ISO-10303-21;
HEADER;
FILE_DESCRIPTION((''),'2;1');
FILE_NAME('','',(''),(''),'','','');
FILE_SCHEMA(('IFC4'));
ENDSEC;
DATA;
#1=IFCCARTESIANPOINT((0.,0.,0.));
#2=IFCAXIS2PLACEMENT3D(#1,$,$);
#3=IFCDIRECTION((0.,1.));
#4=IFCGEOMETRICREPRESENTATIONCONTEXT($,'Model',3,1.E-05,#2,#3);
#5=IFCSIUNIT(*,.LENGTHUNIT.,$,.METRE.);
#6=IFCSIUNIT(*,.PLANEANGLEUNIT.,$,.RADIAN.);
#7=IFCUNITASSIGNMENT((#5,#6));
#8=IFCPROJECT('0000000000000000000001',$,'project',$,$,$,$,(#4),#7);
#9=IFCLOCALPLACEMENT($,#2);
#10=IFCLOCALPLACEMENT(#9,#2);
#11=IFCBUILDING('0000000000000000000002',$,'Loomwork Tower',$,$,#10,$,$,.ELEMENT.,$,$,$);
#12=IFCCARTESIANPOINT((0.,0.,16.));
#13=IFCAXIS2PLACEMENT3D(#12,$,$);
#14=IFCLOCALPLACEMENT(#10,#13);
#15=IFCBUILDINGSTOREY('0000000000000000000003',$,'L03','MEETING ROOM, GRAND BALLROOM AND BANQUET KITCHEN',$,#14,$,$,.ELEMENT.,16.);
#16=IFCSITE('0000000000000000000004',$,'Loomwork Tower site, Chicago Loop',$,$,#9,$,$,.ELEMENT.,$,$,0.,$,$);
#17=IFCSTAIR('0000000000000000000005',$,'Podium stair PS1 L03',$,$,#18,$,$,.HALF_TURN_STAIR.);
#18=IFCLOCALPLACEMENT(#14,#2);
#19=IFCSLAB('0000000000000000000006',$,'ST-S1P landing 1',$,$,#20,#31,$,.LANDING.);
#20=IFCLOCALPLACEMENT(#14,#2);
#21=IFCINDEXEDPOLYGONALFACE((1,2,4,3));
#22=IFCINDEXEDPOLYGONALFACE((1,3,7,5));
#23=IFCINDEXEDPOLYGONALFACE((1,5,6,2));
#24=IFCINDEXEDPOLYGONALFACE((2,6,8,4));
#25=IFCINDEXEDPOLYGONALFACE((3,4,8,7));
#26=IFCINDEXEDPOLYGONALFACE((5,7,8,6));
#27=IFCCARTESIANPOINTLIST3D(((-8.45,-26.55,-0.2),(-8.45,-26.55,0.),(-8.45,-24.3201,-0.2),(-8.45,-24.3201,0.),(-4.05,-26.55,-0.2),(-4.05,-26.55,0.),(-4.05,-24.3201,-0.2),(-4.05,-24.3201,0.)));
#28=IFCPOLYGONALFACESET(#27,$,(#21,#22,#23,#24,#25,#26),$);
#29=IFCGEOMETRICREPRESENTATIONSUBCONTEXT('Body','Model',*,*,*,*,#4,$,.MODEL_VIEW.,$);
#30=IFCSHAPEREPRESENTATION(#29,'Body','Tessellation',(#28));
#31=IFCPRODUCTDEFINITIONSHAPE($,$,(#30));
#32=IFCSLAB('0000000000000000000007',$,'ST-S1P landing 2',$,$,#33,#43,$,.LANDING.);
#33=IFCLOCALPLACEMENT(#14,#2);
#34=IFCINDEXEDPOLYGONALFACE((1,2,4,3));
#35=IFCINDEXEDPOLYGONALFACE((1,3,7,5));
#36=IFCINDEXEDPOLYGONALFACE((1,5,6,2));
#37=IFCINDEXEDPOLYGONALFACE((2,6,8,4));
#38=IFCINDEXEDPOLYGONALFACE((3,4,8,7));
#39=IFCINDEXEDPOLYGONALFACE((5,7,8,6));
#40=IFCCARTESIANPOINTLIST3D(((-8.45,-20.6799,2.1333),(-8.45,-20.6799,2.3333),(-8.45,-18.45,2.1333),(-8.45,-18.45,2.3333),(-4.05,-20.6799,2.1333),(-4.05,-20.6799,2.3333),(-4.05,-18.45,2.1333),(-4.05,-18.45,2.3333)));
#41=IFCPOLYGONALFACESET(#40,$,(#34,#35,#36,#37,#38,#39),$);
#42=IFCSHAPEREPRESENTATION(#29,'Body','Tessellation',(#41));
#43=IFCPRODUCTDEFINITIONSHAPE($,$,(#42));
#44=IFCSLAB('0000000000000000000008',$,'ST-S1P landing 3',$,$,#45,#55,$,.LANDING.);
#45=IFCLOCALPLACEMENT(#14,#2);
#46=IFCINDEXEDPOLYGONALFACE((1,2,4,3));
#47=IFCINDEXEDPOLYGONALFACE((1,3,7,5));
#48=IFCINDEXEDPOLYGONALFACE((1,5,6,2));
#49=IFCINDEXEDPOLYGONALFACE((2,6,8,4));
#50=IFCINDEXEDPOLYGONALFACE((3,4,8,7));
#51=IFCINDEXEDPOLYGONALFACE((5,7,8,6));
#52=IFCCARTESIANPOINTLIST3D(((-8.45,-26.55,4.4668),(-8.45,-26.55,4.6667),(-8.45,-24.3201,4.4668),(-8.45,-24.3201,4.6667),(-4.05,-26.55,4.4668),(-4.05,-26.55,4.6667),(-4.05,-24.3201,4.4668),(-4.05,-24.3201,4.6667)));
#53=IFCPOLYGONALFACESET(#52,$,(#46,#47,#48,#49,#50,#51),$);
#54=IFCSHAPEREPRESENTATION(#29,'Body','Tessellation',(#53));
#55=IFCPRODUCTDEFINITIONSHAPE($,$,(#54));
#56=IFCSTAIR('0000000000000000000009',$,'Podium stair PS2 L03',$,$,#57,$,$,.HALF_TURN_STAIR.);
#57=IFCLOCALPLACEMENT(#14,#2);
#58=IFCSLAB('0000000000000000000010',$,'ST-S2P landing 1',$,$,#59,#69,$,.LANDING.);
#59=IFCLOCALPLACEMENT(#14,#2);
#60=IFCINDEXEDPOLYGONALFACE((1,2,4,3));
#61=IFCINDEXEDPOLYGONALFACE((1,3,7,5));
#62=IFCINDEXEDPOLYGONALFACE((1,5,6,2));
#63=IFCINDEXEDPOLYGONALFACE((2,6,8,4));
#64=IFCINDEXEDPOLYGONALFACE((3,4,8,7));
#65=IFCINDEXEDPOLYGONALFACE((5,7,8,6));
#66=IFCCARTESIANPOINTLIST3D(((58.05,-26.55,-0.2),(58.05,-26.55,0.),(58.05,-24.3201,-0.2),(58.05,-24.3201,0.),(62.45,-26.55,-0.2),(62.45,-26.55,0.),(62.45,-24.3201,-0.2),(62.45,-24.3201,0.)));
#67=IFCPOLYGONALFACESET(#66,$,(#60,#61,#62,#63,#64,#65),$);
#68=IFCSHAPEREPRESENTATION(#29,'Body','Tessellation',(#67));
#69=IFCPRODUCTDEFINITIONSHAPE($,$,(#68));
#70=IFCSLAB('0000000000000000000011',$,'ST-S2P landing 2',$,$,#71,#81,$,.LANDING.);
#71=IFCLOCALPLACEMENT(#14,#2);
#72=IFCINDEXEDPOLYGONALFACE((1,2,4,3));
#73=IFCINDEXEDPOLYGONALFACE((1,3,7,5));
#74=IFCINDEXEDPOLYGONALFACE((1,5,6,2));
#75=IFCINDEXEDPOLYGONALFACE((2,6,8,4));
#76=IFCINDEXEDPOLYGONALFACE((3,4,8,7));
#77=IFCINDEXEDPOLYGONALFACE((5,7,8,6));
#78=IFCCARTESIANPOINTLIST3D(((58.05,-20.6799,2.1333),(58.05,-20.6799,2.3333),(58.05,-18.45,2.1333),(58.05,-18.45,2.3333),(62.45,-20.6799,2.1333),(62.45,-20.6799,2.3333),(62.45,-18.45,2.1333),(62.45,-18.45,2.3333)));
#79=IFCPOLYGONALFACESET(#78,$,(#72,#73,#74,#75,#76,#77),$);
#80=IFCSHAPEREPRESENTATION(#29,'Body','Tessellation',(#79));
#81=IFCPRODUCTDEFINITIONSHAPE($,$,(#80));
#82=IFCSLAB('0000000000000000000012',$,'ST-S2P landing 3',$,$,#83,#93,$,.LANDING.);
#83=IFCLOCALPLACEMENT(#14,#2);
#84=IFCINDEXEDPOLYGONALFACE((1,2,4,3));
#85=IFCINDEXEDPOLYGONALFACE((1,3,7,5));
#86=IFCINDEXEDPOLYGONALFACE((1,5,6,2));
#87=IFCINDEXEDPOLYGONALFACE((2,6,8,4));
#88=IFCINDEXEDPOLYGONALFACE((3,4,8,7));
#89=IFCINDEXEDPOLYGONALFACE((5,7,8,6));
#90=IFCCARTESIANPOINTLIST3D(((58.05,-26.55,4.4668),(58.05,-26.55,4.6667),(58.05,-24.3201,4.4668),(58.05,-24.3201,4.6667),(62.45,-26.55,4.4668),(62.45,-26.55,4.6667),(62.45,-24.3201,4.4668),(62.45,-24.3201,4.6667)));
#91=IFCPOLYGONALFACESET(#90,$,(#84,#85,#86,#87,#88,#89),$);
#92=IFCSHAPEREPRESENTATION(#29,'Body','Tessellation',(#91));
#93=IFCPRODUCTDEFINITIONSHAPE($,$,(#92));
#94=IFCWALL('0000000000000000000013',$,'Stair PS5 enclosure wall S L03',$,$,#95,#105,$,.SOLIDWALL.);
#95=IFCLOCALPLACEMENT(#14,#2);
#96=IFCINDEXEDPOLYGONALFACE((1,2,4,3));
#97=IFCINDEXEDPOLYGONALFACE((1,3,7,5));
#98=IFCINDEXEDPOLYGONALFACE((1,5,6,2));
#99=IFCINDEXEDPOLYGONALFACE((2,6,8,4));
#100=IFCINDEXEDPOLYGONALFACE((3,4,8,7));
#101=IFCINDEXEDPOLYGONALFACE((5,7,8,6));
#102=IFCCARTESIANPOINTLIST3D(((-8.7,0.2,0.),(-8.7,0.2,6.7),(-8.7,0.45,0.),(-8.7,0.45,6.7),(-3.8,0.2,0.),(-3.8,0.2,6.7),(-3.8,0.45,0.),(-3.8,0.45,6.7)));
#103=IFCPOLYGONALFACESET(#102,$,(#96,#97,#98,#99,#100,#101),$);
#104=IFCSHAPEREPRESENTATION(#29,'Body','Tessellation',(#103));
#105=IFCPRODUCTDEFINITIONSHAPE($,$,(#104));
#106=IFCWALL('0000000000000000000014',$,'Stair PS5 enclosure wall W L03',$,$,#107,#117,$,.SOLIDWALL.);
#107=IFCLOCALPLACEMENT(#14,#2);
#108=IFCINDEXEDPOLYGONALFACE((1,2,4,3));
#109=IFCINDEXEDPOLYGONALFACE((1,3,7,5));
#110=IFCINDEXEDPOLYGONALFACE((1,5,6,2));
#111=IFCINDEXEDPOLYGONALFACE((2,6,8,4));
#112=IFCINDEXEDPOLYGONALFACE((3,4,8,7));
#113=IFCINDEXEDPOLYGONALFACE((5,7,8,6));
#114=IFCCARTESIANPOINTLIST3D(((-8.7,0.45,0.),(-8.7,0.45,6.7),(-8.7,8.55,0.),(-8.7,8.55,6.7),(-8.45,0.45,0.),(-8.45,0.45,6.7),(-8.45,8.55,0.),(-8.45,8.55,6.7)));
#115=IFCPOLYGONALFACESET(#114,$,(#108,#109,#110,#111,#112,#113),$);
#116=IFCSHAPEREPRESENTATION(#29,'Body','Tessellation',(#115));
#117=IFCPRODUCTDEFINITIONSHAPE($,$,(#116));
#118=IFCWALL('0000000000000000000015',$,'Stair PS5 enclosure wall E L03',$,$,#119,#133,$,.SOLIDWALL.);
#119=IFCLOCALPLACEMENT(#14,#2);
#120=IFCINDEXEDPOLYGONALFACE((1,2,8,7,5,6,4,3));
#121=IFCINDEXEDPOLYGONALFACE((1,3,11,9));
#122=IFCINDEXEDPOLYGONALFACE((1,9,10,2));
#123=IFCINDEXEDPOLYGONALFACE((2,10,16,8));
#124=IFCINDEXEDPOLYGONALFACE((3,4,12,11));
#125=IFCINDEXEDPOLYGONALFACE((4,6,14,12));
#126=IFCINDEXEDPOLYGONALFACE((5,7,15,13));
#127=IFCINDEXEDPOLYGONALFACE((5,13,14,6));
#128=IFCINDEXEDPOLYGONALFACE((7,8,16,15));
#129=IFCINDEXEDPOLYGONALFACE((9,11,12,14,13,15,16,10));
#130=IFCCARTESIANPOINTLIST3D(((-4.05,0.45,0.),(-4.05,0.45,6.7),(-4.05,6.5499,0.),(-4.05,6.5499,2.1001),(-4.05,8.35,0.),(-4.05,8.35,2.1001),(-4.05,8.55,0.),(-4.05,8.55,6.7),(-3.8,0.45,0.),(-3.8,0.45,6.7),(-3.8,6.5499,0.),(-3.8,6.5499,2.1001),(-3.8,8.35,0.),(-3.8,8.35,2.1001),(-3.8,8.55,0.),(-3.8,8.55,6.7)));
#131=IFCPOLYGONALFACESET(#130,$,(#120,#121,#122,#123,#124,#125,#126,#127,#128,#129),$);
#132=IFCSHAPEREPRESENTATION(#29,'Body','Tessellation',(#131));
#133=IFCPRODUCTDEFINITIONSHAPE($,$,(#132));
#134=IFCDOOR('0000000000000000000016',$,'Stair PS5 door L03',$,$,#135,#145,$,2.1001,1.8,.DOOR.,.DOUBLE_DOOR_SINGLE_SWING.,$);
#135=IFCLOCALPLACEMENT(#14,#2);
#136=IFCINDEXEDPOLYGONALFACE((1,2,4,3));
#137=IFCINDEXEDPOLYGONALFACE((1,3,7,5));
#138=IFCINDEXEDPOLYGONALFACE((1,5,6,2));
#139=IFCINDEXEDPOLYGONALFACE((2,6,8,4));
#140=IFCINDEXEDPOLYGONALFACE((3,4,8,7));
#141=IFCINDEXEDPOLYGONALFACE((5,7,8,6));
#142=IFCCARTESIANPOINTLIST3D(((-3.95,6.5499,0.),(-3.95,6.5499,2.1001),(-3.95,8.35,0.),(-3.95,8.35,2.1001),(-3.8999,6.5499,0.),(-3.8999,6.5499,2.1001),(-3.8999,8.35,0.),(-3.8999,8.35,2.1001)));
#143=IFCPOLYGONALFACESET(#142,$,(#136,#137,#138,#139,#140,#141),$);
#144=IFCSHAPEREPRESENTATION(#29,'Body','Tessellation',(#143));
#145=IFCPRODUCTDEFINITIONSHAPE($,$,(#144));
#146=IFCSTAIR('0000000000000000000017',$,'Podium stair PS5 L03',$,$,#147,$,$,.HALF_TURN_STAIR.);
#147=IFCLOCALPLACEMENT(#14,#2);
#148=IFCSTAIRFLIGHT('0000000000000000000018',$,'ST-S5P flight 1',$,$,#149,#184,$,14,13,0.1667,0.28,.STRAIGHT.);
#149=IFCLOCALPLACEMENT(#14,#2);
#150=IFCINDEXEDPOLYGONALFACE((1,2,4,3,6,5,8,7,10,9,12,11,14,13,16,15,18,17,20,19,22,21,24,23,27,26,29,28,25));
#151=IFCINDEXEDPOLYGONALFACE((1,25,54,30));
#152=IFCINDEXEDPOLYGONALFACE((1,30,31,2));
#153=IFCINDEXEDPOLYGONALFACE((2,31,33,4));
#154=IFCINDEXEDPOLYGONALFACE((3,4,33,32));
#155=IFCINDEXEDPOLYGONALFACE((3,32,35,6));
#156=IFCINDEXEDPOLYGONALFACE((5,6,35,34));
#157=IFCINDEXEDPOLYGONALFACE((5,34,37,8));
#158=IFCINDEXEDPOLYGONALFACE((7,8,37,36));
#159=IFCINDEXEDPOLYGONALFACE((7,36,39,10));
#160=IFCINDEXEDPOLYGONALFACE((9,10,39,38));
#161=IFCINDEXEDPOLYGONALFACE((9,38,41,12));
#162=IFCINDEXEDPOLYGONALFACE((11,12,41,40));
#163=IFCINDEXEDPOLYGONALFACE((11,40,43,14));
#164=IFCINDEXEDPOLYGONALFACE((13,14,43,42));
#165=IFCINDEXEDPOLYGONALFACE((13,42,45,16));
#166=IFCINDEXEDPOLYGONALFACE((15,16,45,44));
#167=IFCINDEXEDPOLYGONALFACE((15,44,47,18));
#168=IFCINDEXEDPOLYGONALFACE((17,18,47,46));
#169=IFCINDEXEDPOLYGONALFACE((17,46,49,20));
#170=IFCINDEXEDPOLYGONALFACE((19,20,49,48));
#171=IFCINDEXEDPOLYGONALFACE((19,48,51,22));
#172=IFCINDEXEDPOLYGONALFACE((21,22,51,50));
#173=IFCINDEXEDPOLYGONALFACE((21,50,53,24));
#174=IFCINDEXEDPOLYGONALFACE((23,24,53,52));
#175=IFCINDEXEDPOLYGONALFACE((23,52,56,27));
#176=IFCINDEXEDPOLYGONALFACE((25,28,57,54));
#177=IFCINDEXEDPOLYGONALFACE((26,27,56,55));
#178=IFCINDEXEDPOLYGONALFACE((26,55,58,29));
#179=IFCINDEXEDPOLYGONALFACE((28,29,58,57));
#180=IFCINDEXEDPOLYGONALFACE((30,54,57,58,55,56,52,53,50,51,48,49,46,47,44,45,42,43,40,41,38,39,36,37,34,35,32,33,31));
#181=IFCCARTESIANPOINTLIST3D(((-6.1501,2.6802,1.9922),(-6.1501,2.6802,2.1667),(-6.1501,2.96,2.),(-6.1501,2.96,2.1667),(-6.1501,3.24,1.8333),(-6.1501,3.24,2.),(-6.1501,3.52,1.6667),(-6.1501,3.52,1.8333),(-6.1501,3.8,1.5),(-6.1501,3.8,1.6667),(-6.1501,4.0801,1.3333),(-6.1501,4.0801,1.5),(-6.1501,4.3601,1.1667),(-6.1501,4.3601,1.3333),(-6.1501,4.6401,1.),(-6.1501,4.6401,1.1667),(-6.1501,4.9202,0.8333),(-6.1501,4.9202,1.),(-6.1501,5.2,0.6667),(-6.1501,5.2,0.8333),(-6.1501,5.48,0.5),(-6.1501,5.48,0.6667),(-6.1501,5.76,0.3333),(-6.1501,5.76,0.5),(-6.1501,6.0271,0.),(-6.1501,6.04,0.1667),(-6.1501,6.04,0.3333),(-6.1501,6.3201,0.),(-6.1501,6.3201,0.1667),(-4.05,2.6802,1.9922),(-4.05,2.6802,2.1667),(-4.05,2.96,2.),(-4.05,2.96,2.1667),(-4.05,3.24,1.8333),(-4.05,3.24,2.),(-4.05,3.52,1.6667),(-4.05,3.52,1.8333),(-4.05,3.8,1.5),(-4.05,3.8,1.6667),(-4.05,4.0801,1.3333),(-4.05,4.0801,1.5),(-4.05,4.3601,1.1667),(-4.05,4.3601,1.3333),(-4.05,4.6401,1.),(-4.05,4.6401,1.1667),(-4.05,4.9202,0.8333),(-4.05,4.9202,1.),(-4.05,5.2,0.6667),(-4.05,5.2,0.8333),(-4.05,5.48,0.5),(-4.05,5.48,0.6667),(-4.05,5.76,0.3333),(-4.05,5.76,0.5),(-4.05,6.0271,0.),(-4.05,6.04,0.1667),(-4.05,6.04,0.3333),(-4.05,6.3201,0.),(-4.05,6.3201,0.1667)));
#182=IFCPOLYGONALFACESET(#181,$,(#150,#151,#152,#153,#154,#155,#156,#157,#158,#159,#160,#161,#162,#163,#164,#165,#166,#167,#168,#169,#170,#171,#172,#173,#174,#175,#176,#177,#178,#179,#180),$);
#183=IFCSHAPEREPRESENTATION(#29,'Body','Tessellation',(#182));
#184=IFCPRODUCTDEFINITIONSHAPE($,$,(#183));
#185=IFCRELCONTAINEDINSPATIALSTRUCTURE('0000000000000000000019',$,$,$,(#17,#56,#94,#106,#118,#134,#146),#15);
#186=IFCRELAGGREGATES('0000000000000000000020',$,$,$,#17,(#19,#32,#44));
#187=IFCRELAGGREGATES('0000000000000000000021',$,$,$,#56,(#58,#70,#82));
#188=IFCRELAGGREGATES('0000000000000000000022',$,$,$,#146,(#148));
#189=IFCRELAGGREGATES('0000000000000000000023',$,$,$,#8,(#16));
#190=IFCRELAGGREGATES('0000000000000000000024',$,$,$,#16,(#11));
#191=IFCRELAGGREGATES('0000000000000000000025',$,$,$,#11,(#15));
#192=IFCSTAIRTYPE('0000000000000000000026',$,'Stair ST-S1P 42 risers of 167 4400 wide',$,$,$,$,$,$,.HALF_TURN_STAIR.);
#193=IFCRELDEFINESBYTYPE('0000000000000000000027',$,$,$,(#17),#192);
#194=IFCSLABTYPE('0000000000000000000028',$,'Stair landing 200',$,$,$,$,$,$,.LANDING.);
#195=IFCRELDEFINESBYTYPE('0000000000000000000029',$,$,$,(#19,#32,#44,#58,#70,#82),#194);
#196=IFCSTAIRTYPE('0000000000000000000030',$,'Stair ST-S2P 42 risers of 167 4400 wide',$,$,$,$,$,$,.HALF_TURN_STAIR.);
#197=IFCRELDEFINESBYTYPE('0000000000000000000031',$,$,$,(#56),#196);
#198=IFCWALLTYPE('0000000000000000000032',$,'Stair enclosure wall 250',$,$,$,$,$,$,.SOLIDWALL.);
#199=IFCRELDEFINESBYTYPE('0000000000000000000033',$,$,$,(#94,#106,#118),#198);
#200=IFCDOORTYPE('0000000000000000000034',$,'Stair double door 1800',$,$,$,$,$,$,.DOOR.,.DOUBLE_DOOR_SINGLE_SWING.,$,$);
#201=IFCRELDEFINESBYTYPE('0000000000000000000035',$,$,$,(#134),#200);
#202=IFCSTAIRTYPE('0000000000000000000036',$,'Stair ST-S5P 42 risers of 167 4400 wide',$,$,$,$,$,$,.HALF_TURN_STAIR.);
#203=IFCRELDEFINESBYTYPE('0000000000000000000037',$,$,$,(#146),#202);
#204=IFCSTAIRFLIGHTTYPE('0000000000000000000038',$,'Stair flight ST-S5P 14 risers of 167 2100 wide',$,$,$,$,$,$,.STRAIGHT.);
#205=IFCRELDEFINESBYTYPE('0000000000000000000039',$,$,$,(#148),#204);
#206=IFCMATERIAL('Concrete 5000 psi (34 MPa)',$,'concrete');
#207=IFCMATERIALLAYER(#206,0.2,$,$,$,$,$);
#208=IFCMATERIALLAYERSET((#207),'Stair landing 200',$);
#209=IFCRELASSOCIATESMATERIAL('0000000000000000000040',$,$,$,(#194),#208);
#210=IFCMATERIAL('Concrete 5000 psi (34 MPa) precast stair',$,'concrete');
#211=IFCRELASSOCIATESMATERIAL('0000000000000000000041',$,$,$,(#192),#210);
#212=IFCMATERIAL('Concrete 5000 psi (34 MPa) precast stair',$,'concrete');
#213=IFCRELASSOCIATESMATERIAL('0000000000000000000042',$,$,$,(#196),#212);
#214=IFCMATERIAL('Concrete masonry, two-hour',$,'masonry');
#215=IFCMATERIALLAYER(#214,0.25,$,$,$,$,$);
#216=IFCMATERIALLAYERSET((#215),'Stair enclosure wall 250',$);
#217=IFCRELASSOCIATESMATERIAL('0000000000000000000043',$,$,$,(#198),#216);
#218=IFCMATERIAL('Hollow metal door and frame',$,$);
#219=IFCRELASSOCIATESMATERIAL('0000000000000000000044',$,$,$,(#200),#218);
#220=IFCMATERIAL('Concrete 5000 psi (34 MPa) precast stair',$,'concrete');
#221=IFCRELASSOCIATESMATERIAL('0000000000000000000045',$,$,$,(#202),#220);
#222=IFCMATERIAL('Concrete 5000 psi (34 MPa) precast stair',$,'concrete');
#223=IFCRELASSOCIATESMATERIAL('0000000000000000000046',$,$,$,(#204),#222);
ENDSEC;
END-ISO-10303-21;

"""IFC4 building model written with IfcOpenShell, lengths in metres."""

from ifc_helpers import new_model, si_unit, direction, frame, frame_2d, origin, place, context, subcontext, project, spatial, polyline, rectangle, outline, extrude, material, layer, layer_set, type_object, element, fill, aggregate, save


model = new_model("IFC4")

# Units and contexts
model_context = context("Model", 3, precision=1e-05, world=origin(), true_north=direction((0.0, 1.0)))
body_context = subcontext(model_context, "Body", "Model", "MODEL_VIEW")
ifc_project = project(units=[si_unit("LENGTHUNIT", "METRE"), si_unit("PLANEANGLEUNIT", "RADIAN")], contexts=[model_context])

# Site, building, storey
site_placement = place(None, origin())
site = spatial("IfcSite", under=ifc_project, at=site_placement, Name="Loomwork Tower site, Chicago Loop", CompositionType="ELEMENT", RefElevation=0.0)
building_placement = place(site_placement, origin())
building = spatial("IfcBuilding", under=site, at=building_placement, Name="Loomwork Tower", CompositionType="ELEMENT")
storey_placement = place(building_placement, frame((0.0, 0.0, 16.0)))
storey = spatial("IfcBuildingStorey", under=building, at=storey_placement, Name="L03", Description="MEETING ROOM, GRAND BALLROOM AND BANQUET KITCHEN", CompositionType="ELEMENT", Elevation=16.0)

# Stairs, slabs
ifc_material_1 = material(Name="Concrete 5000 psi (34 MPa)", Category="concrete")
ifc_layer_1 = layer(ifc_material_1, 0.2)
ifc_layer_set_1 = layer_set([ifc_layer_1], Name="Stair landing 200")
slab_type_1 = type_object("IfcSlabType", Name="Stair landing 200", PredefinedType="LANDING", material=ifc_layer_set_1)
ifc_material_2 = material(Name="Concrete 5000 psi (34 MPa) precast stair", Category="concrete")
stair_type_1 = type_object("IfcStairType", Name="Stair ST-S1P 42 risers of 167 4400 wide", PredefinedType="HALF_TURN_STAIR", material=ifc_material_2)
stair_1_placement = place(storey_placement, origin())
stair_1 = element("IfcStair", 1, at=stair_1_placement, inside=storey, type_object=stair_type_1, Name="Podium stair PS1 L03", PredefinedType="HALF_TURN_STAIR")
slab_1_placement = place(storey_placement, frame((0.0, 0.0, -0.2)))
slab_1 = element("IfcSlab", 2, at=slab_1_placement, type_object=slab_type_1, Name="ST-S1P landing 1", PredefinedType="LANDING", context=body_context, shape_type="SweptSolid", body=[
    extrude(outline(polyline([(-8.45, -26.55), (-4.05, -26.55), (-4.05, -24.3201), (-8.45, -24.3201), (-8.45, -26.55)])), origin(), (0.0, 0.0, 1.0), 0.2),
])
slab_2_placement = place(storey_placement, frame((0.0, 0.0, 2.1333)))
slab_2 = element("IfcSlab", 3, at=slab_2_placement, type_object=slab_type_1, Name="ST-S1P landing 2", PredefinedType="LANDING", context=body_context, shape_type="SweptSolid", body=[
    extrude(outline(polyline([(-8.45, -20.6799), (-4.05, -20.6799), (-4.05, -18.45), (-8.45, -18.45), (-8.45, -20.6799)])), origin(), (0.0, 0.0, 1.0), 0.2),
])
slab_3_placement = place(storey_placement, frame((0.0, 0.0, 4.4668)))
slab_3 = element("IfcSlab", 4, at=slab_3_placement, type_object=slab_type_1, Name="ST-S1P landing 3", PredefinedType="LANDING", context=body_context, shape_type="SweptSolid", body=[
    extrude(outline(polyline([(-8.45, -26.55), (-4.05, -26.55), (-4.05, -24.3201), (-8.45, -24.3201), (-8.45, -26.55)])), origin(), (0.0, 0.0, 1.0), 0.2),
])
aggregate(stair_1, [slab_1, slab_2, slab_3])
ifc_material_3 = material(Name="Concrete 5000 psi (34 MPa) precast stair", Category="concrete")
stair_type_2 = type_object("IfcStairType", Name="Stair ST-S2P 42 risers of 167 4400 wide", PredefinedType="HALF_TURN_STAIR", material=ifc_material_3)
stair_2_placement = place(storey_placement, origin())
stair_2 = element("IfcStair", 5, at=stair_2_placement, inside=storey, type_object=stair_type_2, Name="Podium stair PS2 L03", PredefinedType="HALF_TURN_STAIR")
slab_4_placement = place(storey_placement, frame((0.0, 0.0, -0.2)))
slab_4 = element("IfcSlab", 6, at=slab_4_placement, type_object=slab_type_1, Name="ST-S2P landing 1", PredefinedType="LANDING", context=body_context, shape_type="SweptSolid", body=[
    extrude(outline(polyline([(58.05, -26.55), (62.45, -26.55), (62.45, -24.3201), (58.05, -24.3201), (58.05, -26.55)])), origin(), (0.0, 0.0, 1.0), 0.2),
])
slab_5_placement = place(storey_placement, frame((0.0, 0.0, 2.1333)))
slab_5 = element("IfcSlab", 7, at=slab_5_placement, type_object=slab_type_1, Name="ST-S2P landing 2", PredefinedType="LANDING", context=body_context, shape_type="SweptSolid", body=[
    extrude(outline(polyline([(58.05, -20.6799), (62.45, -20.6799), (62.45, -18.45), (58.05, -18.45), (58.05, -20.6799)])), origin(), (0.0, 0.0, 1.0), 0.2),
])
slab_6_placement = place(storey_placement, frame((0.0, 0.0, 4.4668)))
slab_6 = element("IfcSlab", 8, at=slab_6_placement, type_object=slab_type_1, Name="ST-S2P landing 3", PredefinedType="LANDING", context=body_context, shape_type="SweptSolid", body=[
    extrude(outline(polyline([(58.05, -26.55), (62.45, -26.55), (62.45, -24.3201), (58.05, -24.3201), (58.05, -26.55)])), origin(), (0.0, 0.0, 1.0), 0.2),
])
aggregate(stair_2, [slab_4, slab_5, slab_6])

# Walls
ifc_material_4 = material(Name="Concrete masonry, two-hour", Category="masonry")
ifc_layer_2 = layer(ifc_material_4, 0.25)
ifc_layer_set_2 = layer_set([ifc_layer_2], Name="Stair enclosure wall 250")
wall_type = type_object("IfcWallType", Name="Stair enclosure wall 250", PredefinedType="SOLIDWALL", material=ifc_layer_set_2)
wall_1_placement = place(storey_placement, frame((-8.7, 0.325, 0.0), z_axis=(0.0, 0.0, 1.0), x_axis=(1.0, 0.0, 0.0)))
element("IfcWall", 9, at=wall_1_placement, inside=storey, type_object=wall_type, Name="Stair PS5 enclosure wall S L03", PredefinedType="SOLIDWALL", context=body_context, shape_type="SweptSolid", body=[
    extrude(rectangle(XDim=4.8999, YDim=0.25, at=frame_2d((2.45, 0.0))), origin(), (0.0, 0.0, 1.0), 6.7),
])
wall_2_placement = place(storey_placement, frame((-8.575, 0.45, 0.0), z_axis=(0.0, 0.0, 1.0), x_axis=(0.0, 1.0, 0.0)))
element("IfcWall", 10, at=wall_2_placement, inside=storey, type_object=wall_type, Name="Stair PS5 enclosure wall W L03", PredefinedType="SOLIDWALL", context=body_context, shape_type="SweptSolid", body=[
    extrude(rectangle(XDim=8.1001, YDim=0.25, at=frame_2d((4.05, 0.0))), origin(), (0.0, 0.0, 1.0), 6.7),
])

# Wall, opening, door
wall_3_placement = place(storey_placement, frame((-3.925, 0.45, 0.0), z_axis=(0.0, 0.0, 1.0), x_axis=(0.0, 1.0, 0.0)))
wall_3 = element("IfcWall", 11, at=wall_3_placement, inside=storey, type_object=wall_type, Name="Stair PS5 enclosure wall E L03", PredefinedType="SOLIDWALL", context=body_context, shape_type="SweptSolid", body=[
    extrude(rectangle(XDim=8.1001, YDim=0.25, at=frame_2d((4.05, 0.0))), origin(), (0.0, 0.0, 1.0), 6.7),
])
opening_placement = place(wall_3_placement, frame((6.1001, 0.0, 0.0)))
opening = element("IfcOpeningElement", 12, at=opening_placement, cuts=wall_3, PredefinedType="OPENING", context=body_context, shape_type="SweptSolid", body=[
    extrude(rectangle(XDim=1.8, YDim=2.1001, at=frame_2d((0.8999, 1.05))), frame((0.0, 0.135, 0.0), z_axis=(0.0, -1.0, 0.0), x_axis=(1.0, 0.0, 0.0)), (0.0, 0.0, 1.0), 0.27),
])
ifc_material_5 = material(Name="Hollow metal door and frame")
door_type = type_object("IfcDoorType", Name="Stair double door 1800", OperationType="DOUBLE_DOOR_SINGLE_SWING", PredefinedType="DOOR", material=ifc_material_5)
door_placement = place(opening_placement, origin())
door = element("IfcDoor", 13, at=door_placement, inside=storey, type_object=door_type, Name="Stair PS5 door L03", OperationType="DOUBLE_DOOR_SINGLE_SWING", OverallHeight=2.1001, OverallWidth=1.8, PredefinedType="DOOR", context=body_context, shape_type="SweptSolid", body=[
    extrude(rectangle(XDim=1.8, YDim=2.1001, at=frame_2d((0.8999, 1.05))), frame((0.0, 0.0249, 0.0), z_axis=(0.0, -1.0, 0.0), x_axis=(1.0, 0.0, 0.0)), (0.0, 0.0, 1.0), 0.05),
])
fill(opening, door)

# Stair, stair flight
ifc_material_6 = material(Name="Concrete 5000 psi (34 MPa) precast stair", Category="concrete")
stair_type_3 = type_object("IfcStairType", Name="Stair ST-S5P 42 risers of 167 4400 wide", PredefinedType="HALF_TURN_STAIR", material=ifc_material_6)
stair_3_placement = place(storey_placement, origin())
stair_3 = element("IfcStair", 14, at=stair_3_placement, inside=storey, type_object=stair_type_3, Name="Podium stair PS5 L03", PredefinedType="HALF_TURN_STAIR")
ifc_material_7 = material(Name="Concrete 5000 psi (34 MPa) precast stair", Category="concrete")
stair_flight_type = type_object("IfcStairFlightType", Name="Stair flight ST-S5P 14 risers of 167 2100 wide", PredefinedType="STRAIGHT", material=ifc_material_7)
stair_flight_1_placement = place(storey_placement, frame((-5.1001, 6.3201, 0.0), z_axis=(0.0, 0.0, 1.0), x_axis=(0.0, -1.0, 0.0)))
stair_flight_1 = element("IfcStairFlight", 15, at=stair_flight_1_placement, type_object=stair_flight_type, Name="ST-S5P flight 1", NumberOfRisers=14, NumberOfTreads=13, PredefinedType="STRAIGHT", RiserHeight=0.1667, TreadLength=0.28, context=body_context, shape_type="SweptSolid", body=[
    extrude(outline(polyline([(0.0, 0.0), (0.0, 0.1667), (0.28, 0.1667), (0.28, 0.3333), (0.5601, 0.3333), (0.5601, 0.5), (0.8401, 0.5), (0.8401, 0.6667), (1.1201, 0.6667), (1.1201, 0.8333), (1.3999, 0.8333), (1.3999, 1.0), (1.6799, 1.0), (1.6799, 1.1667), (1.96, 1.1667), (1.96, 1.3333), (2.24, 1.3333), (2.24, 1.5), (2.52, 1.5), (2.52, 1.6667), (2.8, 1.6667), (2.8, 1.8333), (3.0801, 1.8333), (3.0801, 2.0), (3.3601, 2.0), (3.3601, 2.1667), (3.6399, 2.1667), (3.6399, 2.3333), (3.6399, 1.9922), (0.293, 0.0), (0.0, 0.0)])), frame((0.0, 1.05, 0.0), z_axis=(0.0, -1.0, 0.0), x_axis=(1.0, 0.0, 0.0)), (0.0, 0.0, 1.0), 2.1001),
])
aggregate(stair_3, [stair_flight_1])

save(model, "model.ifc")
